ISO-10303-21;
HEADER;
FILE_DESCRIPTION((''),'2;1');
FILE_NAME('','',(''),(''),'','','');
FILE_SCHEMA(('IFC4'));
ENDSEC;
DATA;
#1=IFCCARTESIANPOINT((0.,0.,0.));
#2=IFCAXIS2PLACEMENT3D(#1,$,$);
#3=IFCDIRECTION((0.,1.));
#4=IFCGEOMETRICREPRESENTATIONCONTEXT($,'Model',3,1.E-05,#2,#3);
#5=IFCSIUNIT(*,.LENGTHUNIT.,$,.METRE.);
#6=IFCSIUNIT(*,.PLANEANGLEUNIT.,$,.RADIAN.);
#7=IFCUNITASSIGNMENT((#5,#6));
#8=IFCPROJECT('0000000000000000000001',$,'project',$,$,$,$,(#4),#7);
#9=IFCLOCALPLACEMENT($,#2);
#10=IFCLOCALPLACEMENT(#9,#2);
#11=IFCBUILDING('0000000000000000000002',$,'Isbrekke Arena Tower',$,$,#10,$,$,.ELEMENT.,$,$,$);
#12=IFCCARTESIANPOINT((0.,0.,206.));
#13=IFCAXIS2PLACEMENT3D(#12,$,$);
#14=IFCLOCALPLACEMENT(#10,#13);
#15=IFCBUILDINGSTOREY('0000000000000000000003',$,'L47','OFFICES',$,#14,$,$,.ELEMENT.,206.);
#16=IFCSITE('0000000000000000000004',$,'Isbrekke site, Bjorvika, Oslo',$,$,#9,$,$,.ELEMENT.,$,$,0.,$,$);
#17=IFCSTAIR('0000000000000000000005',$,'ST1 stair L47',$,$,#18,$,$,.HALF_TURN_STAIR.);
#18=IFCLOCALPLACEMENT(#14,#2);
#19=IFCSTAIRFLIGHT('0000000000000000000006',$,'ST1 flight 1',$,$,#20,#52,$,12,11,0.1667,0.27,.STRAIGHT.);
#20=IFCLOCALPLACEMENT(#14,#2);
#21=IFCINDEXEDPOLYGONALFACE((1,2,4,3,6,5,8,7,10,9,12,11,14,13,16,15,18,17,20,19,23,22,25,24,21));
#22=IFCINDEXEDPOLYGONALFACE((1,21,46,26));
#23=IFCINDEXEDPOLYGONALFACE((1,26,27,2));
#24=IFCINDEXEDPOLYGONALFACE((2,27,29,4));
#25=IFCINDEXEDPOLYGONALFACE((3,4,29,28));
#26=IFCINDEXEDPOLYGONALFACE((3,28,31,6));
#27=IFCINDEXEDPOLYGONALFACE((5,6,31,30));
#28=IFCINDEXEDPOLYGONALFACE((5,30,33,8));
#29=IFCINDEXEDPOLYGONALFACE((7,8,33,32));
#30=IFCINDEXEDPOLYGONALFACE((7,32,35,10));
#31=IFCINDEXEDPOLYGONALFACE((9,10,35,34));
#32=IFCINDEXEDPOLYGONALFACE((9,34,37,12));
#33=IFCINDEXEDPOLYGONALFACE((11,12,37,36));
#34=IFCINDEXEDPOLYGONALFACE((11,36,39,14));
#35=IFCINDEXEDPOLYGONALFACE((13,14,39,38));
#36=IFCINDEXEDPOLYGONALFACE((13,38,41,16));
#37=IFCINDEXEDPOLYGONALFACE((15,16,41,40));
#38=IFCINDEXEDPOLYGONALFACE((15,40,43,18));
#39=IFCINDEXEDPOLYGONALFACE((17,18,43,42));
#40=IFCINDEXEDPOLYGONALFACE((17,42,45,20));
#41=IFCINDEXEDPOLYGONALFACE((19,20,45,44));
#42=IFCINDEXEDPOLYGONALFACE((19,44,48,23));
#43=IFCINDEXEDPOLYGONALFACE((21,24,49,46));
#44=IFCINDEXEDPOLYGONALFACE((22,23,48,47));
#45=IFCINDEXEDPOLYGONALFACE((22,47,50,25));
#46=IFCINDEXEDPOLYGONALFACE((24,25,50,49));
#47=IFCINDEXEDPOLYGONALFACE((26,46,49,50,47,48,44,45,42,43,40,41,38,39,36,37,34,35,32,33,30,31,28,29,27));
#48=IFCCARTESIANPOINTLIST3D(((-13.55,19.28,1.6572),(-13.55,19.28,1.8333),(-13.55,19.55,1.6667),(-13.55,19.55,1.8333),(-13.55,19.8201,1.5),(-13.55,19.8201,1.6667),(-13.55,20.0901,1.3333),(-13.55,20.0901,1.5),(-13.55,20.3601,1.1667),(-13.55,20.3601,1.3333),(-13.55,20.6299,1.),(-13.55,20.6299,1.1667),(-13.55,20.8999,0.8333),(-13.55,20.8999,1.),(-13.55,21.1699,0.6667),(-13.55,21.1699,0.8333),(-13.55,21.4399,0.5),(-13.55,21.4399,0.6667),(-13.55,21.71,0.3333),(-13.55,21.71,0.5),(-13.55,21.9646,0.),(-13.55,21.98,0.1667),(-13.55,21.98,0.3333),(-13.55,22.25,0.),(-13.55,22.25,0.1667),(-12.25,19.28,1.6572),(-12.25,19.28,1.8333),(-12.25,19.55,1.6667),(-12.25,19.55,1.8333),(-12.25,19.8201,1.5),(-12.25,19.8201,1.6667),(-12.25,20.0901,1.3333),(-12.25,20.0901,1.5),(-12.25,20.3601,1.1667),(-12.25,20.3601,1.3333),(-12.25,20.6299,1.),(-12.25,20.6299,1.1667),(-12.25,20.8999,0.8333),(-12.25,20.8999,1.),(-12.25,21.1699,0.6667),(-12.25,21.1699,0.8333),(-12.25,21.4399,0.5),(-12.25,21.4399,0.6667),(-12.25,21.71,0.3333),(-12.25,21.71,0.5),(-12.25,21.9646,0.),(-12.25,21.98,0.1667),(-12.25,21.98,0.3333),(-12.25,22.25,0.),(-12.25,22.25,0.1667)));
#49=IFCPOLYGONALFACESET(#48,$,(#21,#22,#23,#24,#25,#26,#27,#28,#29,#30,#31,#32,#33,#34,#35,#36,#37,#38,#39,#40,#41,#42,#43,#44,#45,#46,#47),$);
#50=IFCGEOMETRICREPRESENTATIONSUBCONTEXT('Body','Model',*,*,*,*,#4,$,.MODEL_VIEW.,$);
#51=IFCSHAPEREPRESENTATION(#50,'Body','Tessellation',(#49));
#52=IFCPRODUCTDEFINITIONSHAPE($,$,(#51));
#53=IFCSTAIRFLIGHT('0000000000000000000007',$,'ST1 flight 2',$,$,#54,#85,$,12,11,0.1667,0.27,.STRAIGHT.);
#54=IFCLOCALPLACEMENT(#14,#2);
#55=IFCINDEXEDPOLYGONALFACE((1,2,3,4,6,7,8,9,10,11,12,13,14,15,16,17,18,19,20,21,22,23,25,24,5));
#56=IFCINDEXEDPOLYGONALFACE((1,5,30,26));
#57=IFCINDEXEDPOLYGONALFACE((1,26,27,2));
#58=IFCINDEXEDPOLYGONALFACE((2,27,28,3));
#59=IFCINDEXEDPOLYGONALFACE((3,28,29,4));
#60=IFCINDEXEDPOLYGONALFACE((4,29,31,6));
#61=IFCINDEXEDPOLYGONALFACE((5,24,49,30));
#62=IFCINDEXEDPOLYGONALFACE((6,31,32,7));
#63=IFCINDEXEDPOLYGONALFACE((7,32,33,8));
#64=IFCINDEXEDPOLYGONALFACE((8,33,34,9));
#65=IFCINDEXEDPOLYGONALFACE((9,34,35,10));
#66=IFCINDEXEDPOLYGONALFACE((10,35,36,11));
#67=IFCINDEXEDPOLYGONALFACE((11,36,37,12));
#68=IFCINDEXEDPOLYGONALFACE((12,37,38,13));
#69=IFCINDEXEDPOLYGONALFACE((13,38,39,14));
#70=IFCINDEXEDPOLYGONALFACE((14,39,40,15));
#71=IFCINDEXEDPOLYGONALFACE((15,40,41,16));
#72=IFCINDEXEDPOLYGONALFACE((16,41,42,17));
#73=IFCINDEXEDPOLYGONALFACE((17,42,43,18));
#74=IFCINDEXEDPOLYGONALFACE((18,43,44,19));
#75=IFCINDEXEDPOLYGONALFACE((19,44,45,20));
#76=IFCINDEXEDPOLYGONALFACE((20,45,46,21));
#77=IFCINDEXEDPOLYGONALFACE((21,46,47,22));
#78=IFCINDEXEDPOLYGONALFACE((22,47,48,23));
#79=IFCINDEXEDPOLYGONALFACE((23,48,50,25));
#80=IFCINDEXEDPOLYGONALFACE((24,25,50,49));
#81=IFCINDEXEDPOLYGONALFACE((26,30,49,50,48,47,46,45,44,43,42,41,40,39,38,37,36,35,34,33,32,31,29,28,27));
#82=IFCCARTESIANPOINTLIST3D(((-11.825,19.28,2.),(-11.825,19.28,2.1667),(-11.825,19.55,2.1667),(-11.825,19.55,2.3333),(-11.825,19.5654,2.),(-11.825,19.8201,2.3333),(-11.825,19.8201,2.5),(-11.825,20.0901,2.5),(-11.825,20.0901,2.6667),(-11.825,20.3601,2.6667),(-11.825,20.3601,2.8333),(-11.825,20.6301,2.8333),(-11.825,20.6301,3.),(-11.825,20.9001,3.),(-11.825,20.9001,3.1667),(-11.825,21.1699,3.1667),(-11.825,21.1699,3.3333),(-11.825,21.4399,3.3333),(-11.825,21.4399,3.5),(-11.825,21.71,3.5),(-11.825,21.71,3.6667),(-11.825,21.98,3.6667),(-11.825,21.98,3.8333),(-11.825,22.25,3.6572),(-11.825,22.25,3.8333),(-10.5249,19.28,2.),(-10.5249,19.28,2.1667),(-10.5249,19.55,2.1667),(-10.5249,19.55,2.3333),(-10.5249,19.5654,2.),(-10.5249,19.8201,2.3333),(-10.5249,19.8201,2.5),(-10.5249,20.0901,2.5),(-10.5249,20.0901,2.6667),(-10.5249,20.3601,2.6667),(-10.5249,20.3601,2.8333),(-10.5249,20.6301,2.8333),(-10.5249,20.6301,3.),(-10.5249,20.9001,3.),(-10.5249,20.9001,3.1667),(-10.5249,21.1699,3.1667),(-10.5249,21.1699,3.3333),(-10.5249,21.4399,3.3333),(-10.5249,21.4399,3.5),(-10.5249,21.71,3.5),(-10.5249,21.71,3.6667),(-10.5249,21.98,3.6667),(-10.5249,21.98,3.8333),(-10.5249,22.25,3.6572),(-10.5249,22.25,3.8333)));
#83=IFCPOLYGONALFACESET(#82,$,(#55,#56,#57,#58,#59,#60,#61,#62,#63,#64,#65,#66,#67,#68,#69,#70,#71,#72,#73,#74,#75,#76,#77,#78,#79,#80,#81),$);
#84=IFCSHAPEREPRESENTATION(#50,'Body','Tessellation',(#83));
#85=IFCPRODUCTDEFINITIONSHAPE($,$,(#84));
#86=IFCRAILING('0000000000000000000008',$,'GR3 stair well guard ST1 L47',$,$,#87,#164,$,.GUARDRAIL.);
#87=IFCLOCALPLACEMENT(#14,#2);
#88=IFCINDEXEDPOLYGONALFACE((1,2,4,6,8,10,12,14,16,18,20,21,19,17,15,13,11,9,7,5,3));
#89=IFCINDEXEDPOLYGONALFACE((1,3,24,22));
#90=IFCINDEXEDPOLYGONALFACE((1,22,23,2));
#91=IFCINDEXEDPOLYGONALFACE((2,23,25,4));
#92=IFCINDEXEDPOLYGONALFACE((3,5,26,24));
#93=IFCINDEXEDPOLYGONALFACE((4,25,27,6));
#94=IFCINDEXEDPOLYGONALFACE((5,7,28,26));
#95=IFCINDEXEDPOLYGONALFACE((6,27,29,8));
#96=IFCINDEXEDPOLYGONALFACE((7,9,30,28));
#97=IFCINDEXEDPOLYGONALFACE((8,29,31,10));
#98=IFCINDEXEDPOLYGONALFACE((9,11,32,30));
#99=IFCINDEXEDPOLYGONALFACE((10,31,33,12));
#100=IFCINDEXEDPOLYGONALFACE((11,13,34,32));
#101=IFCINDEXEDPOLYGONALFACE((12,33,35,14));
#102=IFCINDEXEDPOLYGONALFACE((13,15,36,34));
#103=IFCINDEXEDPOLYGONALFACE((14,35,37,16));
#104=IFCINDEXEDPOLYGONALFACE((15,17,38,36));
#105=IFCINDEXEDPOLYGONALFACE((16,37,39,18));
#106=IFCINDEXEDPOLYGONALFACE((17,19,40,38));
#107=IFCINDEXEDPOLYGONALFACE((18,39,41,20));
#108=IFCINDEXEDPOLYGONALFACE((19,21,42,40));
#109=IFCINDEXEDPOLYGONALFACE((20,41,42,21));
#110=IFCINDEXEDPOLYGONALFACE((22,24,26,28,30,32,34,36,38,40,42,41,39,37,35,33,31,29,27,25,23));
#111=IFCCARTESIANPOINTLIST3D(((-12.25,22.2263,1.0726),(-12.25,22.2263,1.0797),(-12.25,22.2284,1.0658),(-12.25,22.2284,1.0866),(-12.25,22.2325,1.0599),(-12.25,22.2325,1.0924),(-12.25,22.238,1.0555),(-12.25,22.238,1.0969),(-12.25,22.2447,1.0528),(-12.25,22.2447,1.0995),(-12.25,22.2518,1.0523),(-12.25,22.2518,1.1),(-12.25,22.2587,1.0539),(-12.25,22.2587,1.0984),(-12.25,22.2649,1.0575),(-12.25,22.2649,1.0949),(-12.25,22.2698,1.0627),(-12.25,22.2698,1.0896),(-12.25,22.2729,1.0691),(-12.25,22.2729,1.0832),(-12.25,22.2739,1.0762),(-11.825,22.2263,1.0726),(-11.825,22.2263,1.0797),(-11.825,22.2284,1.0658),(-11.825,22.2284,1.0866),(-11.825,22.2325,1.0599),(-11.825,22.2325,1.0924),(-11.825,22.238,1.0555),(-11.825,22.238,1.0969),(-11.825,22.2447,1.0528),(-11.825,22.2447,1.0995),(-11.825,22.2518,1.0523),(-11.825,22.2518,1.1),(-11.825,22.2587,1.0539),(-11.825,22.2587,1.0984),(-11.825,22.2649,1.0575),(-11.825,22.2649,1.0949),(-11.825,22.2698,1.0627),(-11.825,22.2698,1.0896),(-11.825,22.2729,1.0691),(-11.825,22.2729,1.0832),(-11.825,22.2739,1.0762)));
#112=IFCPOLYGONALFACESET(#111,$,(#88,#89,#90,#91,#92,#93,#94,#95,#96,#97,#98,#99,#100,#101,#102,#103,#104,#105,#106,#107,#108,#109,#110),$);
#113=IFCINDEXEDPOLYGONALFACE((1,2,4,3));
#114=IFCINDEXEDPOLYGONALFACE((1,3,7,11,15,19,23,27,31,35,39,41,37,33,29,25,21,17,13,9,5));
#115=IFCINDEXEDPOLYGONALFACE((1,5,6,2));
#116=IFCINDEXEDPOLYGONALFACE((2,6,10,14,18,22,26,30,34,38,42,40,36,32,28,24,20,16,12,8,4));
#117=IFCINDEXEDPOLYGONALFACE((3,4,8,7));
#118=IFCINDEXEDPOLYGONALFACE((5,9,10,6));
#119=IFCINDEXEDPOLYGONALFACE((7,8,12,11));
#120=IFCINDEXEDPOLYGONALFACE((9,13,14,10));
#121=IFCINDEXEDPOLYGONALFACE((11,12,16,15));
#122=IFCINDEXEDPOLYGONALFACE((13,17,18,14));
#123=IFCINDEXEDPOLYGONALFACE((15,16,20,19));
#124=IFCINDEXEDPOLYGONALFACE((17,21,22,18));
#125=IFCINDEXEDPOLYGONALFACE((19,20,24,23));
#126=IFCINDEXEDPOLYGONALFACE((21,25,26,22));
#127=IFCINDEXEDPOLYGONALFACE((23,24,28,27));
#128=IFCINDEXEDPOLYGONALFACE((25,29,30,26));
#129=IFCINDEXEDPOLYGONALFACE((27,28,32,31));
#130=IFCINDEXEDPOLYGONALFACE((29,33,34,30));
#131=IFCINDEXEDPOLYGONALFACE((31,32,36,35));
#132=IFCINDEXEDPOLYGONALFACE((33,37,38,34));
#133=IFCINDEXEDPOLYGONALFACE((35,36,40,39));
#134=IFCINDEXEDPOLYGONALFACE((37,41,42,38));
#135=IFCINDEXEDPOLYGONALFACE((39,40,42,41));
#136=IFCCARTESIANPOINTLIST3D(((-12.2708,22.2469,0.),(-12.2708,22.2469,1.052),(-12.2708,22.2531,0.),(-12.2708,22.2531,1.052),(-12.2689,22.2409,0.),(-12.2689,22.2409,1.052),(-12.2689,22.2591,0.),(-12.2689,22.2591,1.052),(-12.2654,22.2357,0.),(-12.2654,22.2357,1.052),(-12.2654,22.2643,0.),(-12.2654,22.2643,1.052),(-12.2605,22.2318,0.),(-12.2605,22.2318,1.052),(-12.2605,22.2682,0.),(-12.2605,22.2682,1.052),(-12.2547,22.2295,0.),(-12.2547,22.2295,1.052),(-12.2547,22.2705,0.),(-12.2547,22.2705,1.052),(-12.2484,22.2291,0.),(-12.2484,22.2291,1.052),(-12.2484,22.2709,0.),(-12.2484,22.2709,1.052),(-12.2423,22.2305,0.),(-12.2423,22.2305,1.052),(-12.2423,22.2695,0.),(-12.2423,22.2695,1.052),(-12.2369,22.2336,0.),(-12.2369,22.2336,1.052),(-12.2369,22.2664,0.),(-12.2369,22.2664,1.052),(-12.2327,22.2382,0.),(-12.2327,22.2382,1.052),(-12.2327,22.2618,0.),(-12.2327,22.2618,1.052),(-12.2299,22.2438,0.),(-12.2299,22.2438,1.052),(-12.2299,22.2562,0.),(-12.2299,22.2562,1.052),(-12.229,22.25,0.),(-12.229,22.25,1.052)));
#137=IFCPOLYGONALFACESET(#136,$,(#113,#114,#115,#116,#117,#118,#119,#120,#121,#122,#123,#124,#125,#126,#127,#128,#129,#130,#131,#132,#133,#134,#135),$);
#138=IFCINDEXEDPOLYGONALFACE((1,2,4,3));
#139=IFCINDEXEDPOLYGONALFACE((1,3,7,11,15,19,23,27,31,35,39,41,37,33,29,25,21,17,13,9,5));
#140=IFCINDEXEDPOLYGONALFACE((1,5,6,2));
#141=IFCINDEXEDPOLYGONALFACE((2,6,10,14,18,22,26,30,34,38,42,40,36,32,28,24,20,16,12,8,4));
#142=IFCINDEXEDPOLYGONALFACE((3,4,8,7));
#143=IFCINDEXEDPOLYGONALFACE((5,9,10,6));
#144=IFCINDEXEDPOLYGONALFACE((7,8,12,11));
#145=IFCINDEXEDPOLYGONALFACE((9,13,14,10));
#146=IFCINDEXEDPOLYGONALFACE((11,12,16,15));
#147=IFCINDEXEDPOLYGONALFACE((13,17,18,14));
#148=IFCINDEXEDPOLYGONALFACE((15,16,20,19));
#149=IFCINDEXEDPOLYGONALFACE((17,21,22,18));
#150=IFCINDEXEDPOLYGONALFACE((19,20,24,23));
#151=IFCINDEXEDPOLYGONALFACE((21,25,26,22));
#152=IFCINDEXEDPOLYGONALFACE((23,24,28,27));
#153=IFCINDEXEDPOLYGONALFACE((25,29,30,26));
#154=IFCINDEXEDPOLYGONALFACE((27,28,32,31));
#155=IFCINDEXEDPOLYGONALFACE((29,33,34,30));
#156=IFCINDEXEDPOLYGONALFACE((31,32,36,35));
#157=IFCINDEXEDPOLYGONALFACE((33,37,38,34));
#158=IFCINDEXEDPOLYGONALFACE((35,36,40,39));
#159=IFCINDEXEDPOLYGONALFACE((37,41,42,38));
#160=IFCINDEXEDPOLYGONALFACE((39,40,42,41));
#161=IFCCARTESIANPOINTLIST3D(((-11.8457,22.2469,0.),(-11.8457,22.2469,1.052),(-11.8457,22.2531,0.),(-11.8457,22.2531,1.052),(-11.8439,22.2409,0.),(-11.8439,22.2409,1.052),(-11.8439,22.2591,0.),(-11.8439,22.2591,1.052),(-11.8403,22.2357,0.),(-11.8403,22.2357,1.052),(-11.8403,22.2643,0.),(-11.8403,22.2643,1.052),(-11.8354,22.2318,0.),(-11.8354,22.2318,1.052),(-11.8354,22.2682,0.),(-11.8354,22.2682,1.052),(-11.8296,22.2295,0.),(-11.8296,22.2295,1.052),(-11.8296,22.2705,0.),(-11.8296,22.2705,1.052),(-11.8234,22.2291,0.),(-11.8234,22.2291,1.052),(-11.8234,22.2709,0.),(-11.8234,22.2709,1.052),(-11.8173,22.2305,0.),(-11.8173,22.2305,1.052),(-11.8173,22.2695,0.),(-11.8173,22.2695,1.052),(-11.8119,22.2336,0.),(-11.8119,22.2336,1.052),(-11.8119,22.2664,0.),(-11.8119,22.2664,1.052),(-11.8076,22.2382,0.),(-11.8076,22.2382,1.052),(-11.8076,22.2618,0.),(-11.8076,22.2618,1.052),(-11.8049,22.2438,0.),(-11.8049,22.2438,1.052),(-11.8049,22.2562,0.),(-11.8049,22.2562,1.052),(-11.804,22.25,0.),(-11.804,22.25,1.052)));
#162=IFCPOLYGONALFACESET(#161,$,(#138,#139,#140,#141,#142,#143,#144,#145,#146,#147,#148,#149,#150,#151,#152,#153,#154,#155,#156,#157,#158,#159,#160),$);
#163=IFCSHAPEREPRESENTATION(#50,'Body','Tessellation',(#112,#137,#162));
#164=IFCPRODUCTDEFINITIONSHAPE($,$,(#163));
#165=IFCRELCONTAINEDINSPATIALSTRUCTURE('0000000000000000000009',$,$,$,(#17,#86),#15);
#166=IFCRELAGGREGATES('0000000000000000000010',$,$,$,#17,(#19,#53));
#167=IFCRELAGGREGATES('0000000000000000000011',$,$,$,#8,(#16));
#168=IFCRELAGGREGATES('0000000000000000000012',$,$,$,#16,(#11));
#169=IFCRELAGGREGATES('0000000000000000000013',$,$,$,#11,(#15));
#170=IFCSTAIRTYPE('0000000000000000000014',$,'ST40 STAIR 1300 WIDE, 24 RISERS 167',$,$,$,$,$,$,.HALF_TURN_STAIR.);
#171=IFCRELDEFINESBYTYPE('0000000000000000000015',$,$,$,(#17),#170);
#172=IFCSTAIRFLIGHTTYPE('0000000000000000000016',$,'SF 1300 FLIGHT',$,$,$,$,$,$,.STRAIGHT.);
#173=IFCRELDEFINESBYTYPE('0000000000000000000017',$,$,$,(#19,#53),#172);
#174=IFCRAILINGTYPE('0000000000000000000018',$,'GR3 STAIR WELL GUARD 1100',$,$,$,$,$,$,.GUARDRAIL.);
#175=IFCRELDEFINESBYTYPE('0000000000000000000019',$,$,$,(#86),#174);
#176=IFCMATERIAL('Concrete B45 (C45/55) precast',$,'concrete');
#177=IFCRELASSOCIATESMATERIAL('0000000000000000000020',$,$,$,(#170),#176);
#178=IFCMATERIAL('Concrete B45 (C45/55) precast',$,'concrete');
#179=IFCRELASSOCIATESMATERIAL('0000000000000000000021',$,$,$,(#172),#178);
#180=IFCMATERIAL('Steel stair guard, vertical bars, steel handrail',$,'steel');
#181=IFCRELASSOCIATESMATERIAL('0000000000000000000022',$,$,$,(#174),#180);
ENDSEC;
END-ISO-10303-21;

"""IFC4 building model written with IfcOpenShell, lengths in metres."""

from ifc_helpers import new_model, si_unit, direction, frame, origin, origin_2d, place, context, subcontext, project, spatial, polyline, circle, outline, extrude, material, type_object, element, aggregate, save


model = new_model("IFC4")

# Units and contexts
model_context = context("Model", 3, precision=1e-05, world=origin(), true_north=direction((0.0, 1.0)))
body_context = subcontext(model_context, "Body", "Model", "MODEL_VIEW")
ifc_project = project(units=[si_unit("LENGTHUNIT", "METRE"), si_unit("PLANEANGLEUNIT", "RADIAN")], contexts=[model_context])

# Site, building, storey
site_placement = place(None, origin())
site = spatial("IfcSite", under=ifc_project, at=site_placement, Name="Isbrekke site, Bjorvika, Oslo", CompositionType="ELEMENT", RefElevation=0.0)
building_placement = place(site_placement, origin())
building = spatial("IfcBuilding", under=site, at=building_placement, Name="Isbrekke Arena Tower", CompositionType="ELEMENT")
storey_placement = place(building_placement, frame((0.0, 0.0, 206.0)))
storey = spatial("IfcBuildingStorey", under=building, at=storey_placement, Name="L47", Description="OFFICES", CompositionType="ELEMENT", Elevation=206.0)

# Stair, stair flights
ifc_material_1 = material(Name="Concrete B45 (C45/55) precast", Category="concrete")
stair_type = type_object("IfcStairType", Name="ST40 STAIR 1300 WIDE, 24 RISERS 167", PredefinedType="HALF_TURN_STAIR", material=ifc_material_1)
stair_placement = place(storey_placement, origin())
stair = element("IfcStair", 1, at=stair_placement, inside=storey, type_object=stair_type, Name="ST1 stair L47", PredefinedType="HALF_TURN_STAIR")
ifc_material_2 = material(Name="Concrete B45 (C45/55) precast", Category="concrete")
stair_flight_type = type_object("IfcStairFlightType", Name="SF 1300 FLIGHT", PredefinedType="STRAIGHT", material=ifc_material_2)
stair_flight_1_placement = place(storey_placement, frame((-12.8999, 22.25, 0.0), z_axis=(0.0, 0.0, 1.0), x_axis=(0.0, -1.0, 0.0)))
stair_flight_1 = element("IfcStairFlight", 2, at=stair_flight_1_placement, type_object=stair_flight_type, Name="ST1 flight 1", NumberOfRisers=12, NumberOfTreads=11, PredefinedType="STRAIGHT", RiserHeight=0.1667, TreadLength=0.27, context=body_context, shape_type="SweptSolid", body=[
    extrude(outline(polyline([(0.0, 0.0), (0.0, 0.1667), (0.27, 0.1667), (0.27, 0.3333), (0.54, 0.3333), (0.54, 0.5), (0.8101, 0.5), (0.8101, 0.6667), (1.0801, 0.6667), (1.0801, 0.8333), (1.3501, 0.8333), (1.3501, 1.0), (1.6201, 1.0), (1.6201, 1.1667), (1.8899, 1.1667), (1.8899, 1.3333), (2.1599, 1.3333), (2.1599, 1.5), (2.4299, 1.5), (2.4299, 1.6667), (2.7, 1.6667), (2.7, 1.8333), (2.97, 1.8333), (2.97, 2.0), (2.97, 1.6572), (0.2854, 0.0), (0.0, 0.0)])), frame((0.0, 0.6499, 0.0), z_axis=(0.0, -1.0, 0.0), x_axis=(1.0, 0.0, 0.0)), (0.0, 0.0, 1.0), 1.3),
])
stair_flight_2_placement = place(storey_placement, frame((-11.175, 19.28, 2.0), z_axis=(0.0, 0.0, 1.0), x_axis=(0.0, 1.0, 0.0)))
stair_flight_2 = element("IfcStairFlight", 3, at=stair_flight_2_placement, type_object=stair_flight_type, Name="ST1 flight 2", NumberOfRisers=12, NumberOfTreads=11, PredefinedType="STRAIGHT", RiserHeight=0.1667, TreadLength=0.27, context=body_context, shape_type="SweptSolid", body=[
    extrude(outline(polyline([(0.0, 0.0), (0.0, 0.1667), (0.27, 0.1667), (0.27, 0.3333), (0.54, 0.3333), (0.54, 0.5), (0.8101, 0.5), (0.8101, 0.6667), (1.0801, 0.6667), (1.0801, 0.8333), (1.3501, 0.8333), (1.3501, 1.0), (1.6201, 1.0), (1.6201, 1.1667), (1.8899, 1.1667), (1.8899, 1.3333), (2.1599, 1.3333), (2.1599, 1.5), (2.4299, 1.5), (2.4299, 1.6667), (2.7, 1.6667), (2.7, 1.8333), (2.97, 1.8333), (2.97, 2.0), (2.97, 1.6572), (0.2854, 0.0), (0.0, 0.0)])), frame((0.0, 0.6499, 0.0), z_axis=(0.0, -1.0, 0.0), x_axis=(1.0, 0.0, 0.0)), (0.0, 0.0, 1.0), 1.3),
])
aggregate(stair, [stair_flight_1, stair_flight_2])

# Railing
ifc_material_3 = material(Name="Steel stair guard, vertical bars, steel handrail", Category="steel")
railing_type = type_object("IfcRailingType", Name="GR3 STAIR WELL GUARD 1100", PredefinedType="GUARDRAIL", material=ifc_material_3)
for number, where, name in (
    (4, (-12.25, 22.25, 0.0), "GR3 stair well guard ST1 L47"),
):
    element("IfcRailing", number, at=place(storey_placement, frame(where)), inside=storey, type_object=railing_type, Name=name, PredefinedType="GUARDRAIL", context=body_context, shape_type="SweptSolid", body=[
        extrude(circle(Radius=0.0239, at=origin_2d()), frame((0.0, 0.0, 1.0762), z_axis=(1.0, 0.0, 0.0), x_axis=(0.0, 1.0, 0.0)), (0.0, 0.0, 1.0), 0.425),
        extrude(circle(Radius=0.021, at=origin_2d()), origin(), (0.0, 0.0, 1.0), 1.052),
        extrude(circle(Radius=0.021, at=origin_2d()), frame((0.425, 0.0, 0.0)), (0.0, 0.0, 1.0), 1.052),
    ])

save(model, "model.ifc")
